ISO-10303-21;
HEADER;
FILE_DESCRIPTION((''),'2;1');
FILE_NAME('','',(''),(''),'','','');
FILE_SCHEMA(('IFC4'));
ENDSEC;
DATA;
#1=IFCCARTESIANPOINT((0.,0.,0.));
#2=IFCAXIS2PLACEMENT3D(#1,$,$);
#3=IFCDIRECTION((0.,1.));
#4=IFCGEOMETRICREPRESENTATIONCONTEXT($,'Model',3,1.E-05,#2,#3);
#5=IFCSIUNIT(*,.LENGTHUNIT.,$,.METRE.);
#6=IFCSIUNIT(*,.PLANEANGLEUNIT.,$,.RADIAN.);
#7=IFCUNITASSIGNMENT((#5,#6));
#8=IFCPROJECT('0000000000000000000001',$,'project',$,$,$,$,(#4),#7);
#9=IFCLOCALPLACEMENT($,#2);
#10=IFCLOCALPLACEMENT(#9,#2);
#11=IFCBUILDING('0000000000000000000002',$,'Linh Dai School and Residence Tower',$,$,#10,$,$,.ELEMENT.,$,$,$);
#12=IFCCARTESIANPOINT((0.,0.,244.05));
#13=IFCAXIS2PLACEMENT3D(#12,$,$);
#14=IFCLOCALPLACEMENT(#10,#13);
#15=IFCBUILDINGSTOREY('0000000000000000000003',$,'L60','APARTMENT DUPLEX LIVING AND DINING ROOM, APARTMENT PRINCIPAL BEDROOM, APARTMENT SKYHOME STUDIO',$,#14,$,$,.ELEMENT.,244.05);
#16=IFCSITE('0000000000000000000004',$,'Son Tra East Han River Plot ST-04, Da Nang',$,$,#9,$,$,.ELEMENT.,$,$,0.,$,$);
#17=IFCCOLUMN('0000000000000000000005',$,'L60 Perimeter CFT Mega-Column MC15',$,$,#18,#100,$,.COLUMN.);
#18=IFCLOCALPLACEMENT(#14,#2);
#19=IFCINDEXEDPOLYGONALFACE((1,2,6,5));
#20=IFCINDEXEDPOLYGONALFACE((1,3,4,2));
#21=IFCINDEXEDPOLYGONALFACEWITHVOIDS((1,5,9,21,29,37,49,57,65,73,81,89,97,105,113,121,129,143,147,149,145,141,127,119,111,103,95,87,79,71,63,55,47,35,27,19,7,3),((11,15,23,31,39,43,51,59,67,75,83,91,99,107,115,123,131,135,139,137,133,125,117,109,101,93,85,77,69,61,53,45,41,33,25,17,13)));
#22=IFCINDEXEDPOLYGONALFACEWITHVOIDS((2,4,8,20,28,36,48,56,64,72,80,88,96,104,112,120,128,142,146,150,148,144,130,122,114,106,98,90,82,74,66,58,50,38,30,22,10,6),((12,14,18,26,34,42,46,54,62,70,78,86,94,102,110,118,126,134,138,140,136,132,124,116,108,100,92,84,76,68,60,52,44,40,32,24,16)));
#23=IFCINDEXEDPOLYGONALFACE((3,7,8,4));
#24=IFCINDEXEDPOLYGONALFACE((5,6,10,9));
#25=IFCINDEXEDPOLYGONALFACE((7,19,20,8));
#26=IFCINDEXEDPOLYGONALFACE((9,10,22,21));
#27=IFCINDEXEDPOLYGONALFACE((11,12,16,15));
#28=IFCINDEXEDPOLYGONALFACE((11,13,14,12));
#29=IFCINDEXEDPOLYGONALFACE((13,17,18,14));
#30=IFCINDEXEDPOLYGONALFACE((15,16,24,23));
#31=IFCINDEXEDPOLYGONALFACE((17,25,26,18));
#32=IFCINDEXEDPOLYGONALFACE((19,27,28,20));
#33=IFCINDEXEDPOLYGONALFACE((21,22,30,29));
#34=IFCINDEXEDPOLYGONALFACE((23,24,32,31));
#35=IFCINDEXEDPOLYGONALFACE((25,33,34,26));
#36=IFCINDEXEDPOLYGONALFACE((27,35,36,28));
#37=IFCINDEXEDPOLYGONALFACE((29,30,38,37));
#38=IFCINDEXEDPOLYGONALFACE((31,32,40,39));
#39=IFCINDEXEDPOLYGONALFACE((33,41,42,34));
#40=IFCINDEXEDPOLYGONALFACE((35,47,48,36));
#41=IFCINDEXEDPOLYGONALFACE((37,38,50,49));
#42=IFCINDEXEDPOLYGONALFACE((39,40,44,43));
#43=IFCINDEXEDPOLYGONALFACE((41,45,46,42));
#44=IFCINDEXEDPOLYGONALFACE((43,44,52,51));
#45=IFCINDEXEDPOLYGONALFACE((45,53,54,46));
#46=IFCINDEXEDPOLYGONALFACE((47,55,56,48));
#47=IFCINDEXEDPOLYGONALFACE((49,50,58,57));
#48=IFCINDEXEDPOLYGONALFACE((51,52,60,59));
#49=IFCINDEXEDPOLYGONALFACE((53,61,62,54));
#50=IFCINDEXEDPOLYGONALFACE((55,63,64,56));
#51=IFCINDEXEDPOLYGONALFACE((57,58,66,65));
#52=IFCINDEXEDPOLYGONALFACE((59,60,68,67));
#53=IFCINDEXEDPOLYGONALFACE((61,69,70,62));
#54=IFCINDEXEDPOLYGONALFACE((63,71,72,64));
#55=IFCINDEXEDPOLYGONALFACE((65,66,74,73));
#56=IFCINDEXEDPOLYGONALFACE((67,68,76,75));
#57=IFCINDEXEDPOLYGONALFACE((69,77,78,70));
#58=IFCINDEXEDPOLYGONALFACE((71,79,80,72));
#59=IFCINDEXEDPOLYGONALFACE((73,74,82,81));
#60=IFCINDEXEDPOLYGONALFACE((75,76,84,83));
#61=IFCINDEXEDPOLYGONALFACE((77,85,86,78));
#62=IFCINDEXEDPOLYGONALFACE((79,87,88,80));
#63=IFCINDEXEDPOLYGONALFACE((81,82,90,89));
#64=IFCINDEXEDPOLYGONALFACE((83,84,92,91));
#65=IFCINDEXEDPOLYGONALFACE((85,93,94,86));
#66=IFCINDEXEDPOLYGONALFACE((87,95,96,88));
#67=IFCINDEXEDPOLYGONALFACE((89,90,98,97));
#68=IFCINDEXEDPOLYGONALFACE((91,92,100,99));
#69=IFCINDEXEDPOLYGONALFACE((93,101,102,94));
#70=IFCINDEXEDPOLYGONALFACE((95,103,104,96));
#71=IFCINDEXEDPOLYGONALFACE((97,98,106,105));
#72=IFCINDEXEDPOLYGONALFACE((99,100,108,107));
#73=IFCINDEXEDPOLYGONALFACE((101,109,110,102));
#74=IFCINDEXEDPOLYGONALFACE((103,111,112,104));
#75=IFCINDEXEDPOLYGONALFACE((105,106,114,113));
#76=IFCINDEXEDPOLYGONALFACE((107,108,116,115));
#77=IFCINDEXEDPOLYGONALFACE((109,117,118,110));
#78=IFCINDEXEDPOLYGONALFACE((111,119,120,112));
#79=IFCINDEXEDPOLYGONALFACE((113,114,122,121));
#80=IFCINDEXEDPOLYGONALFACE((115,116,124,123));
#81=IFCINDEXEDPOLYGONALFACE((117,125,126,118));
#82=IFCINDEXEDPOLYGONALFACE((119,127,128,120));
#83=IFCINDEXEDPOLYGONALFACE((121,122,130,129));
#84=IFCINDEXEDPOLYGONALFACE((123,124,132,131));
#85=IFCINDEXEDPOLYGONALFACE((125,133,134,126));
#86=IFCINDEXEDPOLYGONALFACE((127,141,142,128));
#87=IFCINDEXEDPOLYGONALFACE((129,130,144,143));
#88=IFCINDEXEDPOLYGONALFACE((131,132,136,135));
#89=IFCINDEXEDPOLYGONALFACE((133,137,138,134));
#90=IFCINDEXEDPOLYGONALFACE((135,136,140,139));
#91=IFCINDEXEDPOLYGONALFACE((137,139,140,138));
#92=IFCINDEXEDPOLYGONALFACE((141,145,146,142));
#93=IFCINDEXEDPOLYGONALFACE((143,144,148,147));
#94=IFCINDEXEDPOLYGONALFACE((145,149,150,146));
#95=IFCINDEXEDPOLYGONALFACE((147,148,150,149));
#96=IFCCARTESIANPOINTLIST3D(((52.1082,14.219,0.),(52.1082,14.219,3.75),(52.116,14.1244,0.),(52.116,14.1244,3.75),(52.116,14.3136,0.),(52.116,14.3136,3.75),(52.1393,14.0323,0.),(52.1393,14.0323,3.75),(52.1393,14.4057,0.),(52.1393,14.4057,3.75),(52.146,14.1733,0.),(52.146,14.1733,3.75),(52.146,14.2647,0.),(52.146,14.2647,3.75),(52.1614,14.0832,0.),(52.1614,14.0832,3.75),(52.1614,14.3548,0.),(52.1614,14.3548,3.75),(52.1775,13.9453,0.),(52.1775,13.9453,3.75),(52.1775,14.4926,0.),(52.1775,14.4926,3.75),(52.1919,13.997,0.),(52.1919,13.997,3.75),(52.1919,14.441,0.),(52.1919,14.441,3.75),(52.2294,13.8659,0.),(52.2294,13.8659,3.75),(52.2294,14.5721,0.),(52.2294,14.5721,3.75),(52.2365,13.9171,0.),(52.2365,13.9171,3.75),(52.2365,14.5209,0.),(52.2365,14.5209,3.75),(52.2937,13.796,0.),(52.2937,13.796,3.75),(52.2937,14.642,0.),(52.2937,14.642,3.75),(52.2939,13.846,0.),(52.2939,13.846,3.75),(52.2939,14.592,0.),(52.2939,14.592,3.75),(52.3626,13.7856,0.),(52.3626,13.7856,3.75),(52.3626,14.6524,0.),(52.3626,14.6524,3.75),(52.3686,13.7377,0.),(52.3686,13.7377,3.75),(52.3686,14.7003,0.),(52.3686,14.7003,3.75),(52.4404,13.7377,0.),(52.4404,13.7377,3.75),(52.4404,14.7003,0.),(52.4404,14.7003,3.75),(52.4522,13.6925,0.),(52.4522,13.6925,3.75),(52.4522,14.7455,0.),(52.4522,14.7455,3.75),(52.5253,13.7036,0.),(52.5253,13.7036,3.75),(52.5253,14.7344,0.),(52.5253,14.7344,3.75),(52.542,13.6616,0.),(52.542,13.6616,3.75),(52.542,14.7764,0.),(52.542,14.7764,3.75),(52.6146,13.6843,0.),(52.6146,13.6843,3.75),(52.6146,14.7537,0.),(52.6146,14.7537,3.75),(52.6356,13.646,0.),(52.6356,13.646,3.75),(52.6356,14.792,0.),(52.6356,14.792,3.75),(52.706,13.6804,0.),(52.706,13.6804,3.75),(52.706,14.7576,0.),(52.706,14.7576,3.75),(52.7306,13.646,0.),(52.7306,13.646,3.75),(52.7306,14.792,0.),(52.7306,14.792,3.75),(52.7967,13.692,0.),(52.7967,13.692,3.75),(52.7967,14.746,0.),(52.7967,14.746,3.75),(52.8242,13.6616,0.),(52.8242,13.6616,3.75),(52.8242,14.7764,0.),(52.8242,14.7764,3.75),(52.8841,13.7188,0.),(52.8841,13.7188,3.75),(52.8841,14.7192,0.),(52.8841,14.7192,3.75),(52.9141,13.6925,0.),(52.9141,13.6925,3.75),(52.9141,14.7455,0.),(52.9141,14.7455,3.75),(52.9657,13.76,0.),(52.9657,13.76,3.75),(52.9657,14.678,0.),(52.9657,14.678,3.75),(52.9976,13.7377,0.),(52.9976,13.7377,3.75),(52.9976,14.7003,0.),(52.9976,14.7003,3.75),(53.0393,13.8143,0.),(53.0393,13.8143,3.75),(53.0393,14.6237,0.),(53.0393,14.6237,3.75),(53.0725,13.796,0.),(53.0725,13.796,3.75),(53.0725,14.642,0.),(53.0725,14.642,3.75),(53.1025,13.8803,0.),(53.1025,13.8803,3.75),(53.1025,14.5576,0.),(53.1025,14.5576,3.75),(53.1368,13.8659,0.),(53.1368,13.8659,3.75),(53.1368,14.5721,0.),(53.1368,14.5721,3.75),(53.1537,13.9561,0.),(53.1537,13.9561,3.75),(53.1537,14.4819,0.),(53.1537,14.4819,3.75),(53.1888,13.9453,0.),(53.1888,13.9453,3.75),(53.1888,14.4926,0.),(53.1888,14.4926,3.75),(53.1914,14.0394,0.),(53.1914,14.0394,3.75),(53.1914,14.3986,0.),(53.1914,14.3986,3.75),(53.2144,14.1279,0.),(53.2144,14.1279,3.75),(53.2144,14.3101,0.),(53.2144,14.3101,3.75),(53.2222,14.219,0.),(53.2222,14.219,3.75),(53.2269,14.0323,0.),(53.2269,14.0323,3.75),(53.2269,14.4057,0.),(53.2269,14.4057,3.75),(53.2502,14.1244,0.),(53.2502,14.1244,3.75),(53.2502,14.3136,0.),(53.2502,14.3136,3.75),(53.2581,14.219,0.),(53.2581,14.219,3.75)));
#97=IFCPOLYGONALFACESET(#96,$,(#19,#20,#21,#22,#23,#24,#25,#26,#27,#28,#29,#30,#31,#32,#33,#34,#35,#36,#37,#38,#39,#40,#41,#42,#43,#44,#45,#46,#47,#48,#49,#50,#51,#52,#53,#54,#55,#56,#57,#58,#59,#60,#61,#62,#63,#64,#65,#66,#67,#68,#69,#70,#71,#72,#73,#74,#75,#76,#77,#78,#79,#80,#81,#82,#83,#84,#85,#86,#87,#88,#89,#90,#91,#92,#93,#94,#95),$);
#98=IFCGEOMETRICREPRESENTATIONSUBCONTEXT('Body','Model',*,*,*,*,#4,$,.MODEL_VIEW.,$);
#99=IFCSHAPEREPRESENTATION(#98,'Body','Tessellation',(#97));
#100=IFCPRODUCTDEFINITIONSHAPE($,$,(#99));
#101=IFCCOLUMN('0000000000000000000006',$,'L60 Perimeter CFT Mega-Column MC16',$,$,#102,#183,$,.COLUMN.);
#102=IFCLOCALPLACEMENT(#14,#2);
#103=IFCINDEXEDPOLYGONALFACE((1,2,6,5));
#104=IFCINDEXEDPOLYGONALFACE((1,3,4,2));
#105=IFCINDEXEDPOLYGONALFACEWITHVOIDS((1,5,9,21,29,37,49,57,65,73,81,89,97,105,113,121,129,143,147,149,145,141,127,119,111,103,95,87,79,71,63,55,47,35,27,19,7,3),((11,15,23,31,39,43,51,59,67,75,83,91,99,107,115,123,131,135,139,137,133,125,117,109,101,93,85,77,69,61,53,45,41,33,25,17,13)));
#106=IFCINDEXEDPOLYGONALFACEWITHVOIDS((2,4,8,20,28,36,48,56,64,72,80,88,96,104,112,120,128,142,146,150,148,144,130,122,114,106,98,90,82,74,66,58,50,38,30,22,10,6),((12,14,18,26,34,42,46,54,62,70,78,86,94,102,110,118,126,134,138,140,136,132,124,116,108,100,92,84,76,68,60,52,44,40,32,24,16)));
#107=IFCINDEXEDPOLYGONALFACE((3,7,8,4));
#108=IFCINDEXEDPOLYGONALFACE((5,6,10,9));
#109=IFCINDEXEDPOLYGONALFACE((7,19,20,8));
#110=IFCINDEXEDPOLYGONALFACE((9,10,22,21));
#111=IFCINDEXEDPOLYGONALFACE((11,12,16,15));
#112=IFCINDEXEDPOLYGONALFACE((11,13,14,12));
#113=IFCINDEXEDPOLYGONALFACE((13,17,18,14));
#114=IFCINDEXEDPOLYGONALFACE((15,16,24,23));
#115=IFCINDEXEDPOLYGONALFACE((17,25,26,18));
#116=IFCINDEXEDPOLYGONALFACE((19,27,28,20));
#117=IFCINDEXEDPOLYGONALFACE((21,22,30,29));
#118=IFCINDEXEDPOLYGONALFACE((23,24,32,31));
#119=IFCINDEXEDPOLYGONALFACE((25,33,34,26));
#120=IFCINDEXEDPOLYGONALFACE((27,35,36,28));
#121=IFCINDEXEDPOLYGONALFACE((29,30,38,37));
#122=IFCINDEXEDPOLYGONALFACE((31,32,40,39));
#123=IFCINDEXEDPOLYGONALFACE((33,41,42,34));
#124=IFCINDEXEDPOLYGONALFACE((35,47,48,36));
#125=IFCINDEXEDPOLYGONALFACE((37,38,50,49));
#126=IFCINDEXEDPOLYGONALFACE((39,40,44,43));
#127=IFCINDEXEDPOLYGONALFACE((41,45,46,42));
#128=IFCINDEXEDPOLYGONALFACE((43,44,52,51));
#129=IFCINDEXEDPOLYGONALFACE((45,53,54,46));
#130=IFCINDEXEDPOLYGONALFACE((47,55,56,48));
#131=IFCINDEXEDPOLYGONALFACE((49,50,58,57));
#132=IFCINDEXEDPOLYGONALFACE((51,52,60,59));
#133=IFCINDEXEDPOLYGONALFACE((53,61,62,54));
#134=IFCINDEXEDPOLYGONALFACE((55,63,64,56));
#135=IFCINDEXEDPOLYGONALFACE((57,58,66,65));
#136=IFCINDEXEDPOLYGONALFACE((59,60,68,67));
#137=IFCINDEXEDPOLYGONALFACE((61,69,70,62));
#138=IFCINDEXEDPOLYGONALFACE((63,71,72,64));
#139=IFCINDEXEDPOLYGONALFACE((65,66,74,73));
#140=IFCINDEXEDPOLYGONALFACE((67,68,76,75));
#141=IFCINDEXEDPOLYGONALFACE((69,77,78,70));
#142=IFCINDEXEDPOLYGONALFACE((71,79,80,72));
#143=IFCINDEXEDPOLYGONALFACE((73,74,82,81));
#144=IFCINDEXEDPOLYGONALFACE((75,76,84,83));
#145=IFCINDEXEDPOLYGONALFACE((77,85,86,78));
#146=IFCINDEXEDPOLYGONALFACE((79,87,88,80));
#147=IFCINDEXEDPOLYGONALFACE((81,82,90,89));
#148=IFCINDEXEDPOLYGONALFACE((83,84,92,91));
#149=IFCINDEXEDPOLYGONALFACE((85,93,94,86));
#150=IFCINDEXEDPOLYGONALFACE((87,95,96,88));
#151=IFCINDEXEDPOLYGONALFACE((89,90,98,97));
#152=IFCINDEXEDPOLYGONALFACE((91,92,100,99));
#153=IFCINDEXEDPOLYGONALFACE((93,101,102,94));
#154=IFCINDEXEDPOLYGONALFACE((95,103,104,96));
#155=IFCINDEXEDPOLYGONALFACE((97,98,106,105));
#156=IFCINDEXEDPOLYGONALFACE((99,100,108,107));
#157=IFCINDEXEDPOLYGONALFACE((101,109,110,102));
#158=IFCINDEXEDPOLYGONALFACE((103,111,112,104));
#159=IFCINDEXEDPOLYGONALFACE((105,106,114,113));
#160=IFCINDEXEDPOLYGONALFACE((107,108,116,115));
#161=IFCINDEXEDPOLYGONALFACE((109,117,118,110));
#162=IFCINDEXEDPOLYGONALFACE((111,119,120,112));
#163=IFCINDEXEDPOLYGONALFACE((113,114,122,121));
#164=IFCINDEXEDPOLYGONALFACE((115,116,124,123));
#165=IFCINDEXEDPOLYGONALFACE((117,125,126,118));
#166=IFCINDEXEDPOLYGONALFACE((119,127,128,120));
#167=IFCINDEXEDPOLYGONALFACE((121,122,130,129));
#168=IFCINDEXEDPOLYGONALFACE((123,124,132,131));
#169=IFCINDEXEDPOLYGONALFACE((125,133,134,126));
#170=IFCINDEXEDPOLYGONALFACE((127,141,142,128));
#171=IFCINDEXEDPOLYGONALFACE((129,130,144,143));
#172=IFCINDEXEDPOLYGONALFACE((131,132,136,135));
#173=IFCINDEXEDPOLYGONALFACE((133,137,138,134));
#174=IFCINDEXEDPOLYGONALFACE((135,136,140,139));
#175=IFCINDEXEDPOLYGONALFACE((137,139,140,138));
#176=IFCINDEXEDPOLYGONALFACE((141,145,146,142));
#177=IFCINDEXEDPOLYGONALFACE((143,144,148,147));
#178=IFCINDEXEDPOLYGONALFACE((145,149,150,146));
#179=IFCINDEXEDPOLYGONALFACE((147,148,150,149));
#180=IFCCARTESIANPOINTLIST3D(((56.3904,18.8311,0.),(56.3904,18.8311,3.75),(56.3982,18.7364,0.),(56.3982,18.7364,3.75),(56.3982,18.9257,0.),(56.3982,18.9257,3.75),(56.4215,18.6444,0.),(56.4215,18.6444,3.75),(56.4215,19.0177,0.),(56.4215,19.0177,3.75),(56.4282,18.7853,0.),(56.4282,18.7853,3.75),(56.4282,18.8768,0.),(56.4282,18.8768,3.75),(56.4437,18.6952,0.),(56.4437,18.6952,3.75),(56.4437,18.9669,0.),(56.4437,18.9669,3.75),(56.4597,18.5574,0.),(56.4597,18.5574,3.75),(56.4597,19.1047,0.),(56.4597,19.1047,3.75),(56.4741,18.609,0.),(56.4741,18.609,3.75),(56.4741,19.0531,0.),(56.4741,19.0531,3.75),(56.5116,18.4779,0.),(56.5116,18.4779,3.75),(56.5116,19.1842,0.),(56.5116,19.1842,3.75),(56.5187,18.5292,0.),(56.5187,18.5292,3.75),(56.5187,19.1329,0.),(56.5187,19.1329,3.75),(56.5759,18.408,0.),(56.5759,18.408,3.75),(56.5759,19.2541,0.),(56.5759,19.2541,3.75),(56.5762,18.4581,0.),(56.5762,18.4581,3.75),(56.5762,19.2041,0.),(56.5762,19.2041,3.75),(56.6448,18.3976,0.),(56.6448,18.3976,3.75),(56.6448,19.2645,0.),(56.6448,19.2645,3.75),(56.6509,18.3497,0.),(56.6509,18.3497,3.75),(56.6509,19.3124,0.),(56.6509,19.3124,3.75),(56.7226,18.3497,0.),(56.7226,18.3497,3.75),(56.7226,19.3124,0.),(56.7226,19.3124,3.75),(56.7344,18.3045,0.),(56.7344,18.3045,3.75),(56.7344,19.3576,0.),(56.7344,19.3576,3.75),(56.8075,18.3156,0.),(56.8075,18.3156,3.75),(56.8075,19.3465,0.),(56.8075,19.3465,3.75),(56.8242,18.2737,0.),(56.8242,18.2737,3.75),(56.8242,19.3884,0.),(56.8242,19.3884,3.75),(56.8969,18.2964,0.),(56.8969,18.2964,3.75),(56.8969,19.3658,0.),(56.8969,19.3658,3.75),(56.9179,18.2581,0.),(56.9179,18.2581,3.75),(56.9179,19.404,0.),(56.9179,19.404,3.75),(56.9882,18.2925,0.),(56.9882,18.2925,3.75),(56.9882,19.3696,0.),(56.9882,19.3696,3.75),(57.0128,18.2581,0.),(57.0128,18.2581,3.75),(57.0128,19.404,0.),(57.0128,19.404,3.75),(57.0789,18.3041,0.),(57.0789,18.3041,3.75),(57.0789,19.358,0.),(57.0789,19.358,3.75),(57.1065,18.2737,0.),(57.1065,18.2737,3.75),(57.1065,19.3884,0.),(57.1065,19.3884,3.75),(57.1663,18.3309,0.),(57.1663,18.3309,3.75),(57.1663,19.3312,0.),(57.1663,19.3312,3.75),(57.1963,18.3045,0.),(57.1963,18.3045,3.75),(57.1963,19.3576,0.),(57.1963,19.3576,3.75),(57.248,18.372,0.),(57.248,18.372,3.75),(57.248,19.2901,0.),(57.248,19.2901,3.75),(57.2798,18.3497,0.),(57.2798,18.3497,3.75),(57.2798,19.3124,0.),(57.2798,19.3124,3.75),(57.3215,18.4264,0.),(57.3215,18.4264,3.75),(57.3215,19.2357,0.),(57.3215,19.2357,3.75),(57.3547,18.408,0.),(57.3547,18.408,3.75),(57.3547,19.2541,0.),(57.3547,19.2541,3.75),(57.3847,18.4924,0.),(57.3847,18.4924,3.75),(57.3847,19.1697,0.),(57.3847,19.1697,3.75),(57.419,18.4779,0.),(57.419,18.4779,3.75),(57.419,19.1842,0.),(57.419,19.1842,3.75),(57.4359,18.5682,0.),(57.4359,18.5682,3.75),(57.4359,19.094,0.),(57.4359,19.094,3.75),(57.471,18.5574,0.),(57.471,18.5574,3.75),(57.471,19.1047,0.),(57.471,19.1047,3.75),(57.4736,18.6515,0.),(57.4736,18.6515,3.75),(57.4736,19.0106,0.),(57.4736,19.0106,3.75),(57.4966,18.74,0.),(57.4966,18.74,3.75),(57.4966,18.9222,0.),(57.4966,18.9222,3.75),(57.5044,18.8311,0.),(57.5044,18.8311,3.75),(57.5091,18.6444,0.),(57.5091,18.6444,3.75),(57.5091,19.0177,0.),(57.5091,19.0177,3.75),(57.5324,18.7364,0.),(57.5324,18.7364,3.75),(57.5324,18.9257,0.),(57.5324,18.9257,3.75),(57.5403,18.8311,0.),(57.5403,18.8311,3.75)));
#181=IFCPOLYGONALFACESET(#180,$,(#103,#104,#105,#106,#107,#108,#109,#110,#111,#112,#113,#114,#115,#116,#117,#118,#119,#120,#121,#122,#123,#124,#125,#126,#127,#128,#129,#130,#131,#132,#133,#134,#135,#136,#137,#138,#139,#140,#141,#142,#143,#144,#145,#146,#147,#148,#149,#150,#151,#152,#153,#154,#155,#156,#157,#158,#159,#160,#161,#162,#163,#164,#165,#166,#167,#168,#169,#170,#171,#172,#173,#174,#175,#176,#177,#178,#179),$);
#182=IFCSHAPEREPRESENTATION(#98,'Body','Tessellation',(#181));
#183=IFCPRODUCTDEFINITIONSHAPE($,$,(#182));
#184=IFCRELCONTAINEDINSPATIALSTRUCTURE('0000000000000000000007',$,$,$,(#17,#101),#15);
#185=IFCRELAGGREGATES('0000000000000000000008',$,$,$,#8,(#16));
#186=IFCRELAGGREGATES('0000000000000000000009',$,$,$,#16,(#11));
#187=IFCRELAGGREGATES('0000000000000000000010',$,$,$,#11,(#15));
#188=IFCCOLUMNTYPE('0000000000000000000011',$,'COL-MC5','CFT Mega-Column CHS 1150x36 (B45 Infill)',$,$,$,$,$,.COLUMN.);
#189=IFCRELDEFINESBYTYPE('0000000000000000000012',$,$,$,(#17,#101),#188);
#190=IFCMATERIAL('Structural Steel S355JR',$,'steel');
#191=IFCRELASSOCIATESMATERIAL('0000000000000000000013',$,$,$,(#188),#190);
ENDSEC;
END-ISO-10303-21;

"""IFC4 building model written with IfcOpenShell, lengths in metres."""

from ifc_helpers import new_model, si_unit, direction, frame, origin, origin_2d, place, context, subcontext, project, spatial, hollow_circle, extrude, material, material_profile, profile_set, type_object, element, save


model = new_model("IFC4")

# Units and contexts
model_context = context("Model", 3, precision=1e-05, world=origin(), true_north=direction((0.0, 1.0)))
body_context = subcontext(model_context, "Body", "Model", "MODEL_VIEW")
ifc_project = project(units=[si_unit("LENGTHUNIT", "METRE"), si_unit("PLANEANGLEUNIT", "RADIAN")], contexts=[model_context])

# Site, building, storey
site_placement = place(None, origin())
site = spatial("IfcSite", under=ifc_project, at=site_placement, Name="Son Tra East Han River Plot ST-04, Da Nang", CompositionType="ELEMENT", RefElevation=0.0)
building_placement = place(site_placement, origin())
building = spatial("IfcBuilding", under=site, at=building_placement, Name="Linh Dai School and Residence Tower", CompositionType="ELEMENT")
storey_placement = place(building_placement, frame((0.0, 0.0, 244.05)))
storey = spatial("IfcBuildingStorey", under=building, at=storey_placement, Name="L60", Description="APARTMENT DUPLEX LIVING AND DINING ROOM, APARTMENT PRINCIPAL BEDROOM, APARTMENT SKYHOME STUDIO", CompositionType="ELEMENT", Elevation=244.05)

# Columns
ifc_material_1 = material(Name="Structural Steel S355JR", Category="steel")
ifc_material_profile_1 = material_profile(ifc_material_1, hollow_circle(Radius=0.575, WallThickness=0.0359, at=origin_2d()), Name="CHS 1150x36")
ifc_profile_set_1 = profile_set([ifc_material_profile_1], Name="Structural Steel S355JR")
column_type = type_object("IfcColumnType", Name="COL-MC5", Description="CFT Mega-Column CHS 1150x36 (B45 Infill)", PredefinedType="COLUMN", material=ifc_profile_set_1)
for number, where, z_axis, x_axis, name in (
    (1, (52.6831, 14.219, 0.0), (0.0, 0.0, 1.0), (1.0, 0.0, 0.0), "L60 Perimeter CFT Mega-Column MC15"),
    (2, (56.9653, 18.8311, 0.0), (0.0, 0.0, 1.0), (1.0, 0.0, 0.0), "L60 Perimeter CFT Mega-Column MC16"),
):
    element("IfcColumn", number, at=place(storey_placement, frame(where, z_axis=z_axis, x_axis=x_axis)), inside=storey, type_object=column_type, Name=name, PredefinedType="COLUMN", context=body_context, shape_type="SweptSolid", body=[
        extrude(hollow_circle(Radius=0.575, WallThickness=0.0359, at=origin_2d()), origin(), (0.0, 0.0, 1.0), 3.75),
    ])

save(model, "model.ifc")
